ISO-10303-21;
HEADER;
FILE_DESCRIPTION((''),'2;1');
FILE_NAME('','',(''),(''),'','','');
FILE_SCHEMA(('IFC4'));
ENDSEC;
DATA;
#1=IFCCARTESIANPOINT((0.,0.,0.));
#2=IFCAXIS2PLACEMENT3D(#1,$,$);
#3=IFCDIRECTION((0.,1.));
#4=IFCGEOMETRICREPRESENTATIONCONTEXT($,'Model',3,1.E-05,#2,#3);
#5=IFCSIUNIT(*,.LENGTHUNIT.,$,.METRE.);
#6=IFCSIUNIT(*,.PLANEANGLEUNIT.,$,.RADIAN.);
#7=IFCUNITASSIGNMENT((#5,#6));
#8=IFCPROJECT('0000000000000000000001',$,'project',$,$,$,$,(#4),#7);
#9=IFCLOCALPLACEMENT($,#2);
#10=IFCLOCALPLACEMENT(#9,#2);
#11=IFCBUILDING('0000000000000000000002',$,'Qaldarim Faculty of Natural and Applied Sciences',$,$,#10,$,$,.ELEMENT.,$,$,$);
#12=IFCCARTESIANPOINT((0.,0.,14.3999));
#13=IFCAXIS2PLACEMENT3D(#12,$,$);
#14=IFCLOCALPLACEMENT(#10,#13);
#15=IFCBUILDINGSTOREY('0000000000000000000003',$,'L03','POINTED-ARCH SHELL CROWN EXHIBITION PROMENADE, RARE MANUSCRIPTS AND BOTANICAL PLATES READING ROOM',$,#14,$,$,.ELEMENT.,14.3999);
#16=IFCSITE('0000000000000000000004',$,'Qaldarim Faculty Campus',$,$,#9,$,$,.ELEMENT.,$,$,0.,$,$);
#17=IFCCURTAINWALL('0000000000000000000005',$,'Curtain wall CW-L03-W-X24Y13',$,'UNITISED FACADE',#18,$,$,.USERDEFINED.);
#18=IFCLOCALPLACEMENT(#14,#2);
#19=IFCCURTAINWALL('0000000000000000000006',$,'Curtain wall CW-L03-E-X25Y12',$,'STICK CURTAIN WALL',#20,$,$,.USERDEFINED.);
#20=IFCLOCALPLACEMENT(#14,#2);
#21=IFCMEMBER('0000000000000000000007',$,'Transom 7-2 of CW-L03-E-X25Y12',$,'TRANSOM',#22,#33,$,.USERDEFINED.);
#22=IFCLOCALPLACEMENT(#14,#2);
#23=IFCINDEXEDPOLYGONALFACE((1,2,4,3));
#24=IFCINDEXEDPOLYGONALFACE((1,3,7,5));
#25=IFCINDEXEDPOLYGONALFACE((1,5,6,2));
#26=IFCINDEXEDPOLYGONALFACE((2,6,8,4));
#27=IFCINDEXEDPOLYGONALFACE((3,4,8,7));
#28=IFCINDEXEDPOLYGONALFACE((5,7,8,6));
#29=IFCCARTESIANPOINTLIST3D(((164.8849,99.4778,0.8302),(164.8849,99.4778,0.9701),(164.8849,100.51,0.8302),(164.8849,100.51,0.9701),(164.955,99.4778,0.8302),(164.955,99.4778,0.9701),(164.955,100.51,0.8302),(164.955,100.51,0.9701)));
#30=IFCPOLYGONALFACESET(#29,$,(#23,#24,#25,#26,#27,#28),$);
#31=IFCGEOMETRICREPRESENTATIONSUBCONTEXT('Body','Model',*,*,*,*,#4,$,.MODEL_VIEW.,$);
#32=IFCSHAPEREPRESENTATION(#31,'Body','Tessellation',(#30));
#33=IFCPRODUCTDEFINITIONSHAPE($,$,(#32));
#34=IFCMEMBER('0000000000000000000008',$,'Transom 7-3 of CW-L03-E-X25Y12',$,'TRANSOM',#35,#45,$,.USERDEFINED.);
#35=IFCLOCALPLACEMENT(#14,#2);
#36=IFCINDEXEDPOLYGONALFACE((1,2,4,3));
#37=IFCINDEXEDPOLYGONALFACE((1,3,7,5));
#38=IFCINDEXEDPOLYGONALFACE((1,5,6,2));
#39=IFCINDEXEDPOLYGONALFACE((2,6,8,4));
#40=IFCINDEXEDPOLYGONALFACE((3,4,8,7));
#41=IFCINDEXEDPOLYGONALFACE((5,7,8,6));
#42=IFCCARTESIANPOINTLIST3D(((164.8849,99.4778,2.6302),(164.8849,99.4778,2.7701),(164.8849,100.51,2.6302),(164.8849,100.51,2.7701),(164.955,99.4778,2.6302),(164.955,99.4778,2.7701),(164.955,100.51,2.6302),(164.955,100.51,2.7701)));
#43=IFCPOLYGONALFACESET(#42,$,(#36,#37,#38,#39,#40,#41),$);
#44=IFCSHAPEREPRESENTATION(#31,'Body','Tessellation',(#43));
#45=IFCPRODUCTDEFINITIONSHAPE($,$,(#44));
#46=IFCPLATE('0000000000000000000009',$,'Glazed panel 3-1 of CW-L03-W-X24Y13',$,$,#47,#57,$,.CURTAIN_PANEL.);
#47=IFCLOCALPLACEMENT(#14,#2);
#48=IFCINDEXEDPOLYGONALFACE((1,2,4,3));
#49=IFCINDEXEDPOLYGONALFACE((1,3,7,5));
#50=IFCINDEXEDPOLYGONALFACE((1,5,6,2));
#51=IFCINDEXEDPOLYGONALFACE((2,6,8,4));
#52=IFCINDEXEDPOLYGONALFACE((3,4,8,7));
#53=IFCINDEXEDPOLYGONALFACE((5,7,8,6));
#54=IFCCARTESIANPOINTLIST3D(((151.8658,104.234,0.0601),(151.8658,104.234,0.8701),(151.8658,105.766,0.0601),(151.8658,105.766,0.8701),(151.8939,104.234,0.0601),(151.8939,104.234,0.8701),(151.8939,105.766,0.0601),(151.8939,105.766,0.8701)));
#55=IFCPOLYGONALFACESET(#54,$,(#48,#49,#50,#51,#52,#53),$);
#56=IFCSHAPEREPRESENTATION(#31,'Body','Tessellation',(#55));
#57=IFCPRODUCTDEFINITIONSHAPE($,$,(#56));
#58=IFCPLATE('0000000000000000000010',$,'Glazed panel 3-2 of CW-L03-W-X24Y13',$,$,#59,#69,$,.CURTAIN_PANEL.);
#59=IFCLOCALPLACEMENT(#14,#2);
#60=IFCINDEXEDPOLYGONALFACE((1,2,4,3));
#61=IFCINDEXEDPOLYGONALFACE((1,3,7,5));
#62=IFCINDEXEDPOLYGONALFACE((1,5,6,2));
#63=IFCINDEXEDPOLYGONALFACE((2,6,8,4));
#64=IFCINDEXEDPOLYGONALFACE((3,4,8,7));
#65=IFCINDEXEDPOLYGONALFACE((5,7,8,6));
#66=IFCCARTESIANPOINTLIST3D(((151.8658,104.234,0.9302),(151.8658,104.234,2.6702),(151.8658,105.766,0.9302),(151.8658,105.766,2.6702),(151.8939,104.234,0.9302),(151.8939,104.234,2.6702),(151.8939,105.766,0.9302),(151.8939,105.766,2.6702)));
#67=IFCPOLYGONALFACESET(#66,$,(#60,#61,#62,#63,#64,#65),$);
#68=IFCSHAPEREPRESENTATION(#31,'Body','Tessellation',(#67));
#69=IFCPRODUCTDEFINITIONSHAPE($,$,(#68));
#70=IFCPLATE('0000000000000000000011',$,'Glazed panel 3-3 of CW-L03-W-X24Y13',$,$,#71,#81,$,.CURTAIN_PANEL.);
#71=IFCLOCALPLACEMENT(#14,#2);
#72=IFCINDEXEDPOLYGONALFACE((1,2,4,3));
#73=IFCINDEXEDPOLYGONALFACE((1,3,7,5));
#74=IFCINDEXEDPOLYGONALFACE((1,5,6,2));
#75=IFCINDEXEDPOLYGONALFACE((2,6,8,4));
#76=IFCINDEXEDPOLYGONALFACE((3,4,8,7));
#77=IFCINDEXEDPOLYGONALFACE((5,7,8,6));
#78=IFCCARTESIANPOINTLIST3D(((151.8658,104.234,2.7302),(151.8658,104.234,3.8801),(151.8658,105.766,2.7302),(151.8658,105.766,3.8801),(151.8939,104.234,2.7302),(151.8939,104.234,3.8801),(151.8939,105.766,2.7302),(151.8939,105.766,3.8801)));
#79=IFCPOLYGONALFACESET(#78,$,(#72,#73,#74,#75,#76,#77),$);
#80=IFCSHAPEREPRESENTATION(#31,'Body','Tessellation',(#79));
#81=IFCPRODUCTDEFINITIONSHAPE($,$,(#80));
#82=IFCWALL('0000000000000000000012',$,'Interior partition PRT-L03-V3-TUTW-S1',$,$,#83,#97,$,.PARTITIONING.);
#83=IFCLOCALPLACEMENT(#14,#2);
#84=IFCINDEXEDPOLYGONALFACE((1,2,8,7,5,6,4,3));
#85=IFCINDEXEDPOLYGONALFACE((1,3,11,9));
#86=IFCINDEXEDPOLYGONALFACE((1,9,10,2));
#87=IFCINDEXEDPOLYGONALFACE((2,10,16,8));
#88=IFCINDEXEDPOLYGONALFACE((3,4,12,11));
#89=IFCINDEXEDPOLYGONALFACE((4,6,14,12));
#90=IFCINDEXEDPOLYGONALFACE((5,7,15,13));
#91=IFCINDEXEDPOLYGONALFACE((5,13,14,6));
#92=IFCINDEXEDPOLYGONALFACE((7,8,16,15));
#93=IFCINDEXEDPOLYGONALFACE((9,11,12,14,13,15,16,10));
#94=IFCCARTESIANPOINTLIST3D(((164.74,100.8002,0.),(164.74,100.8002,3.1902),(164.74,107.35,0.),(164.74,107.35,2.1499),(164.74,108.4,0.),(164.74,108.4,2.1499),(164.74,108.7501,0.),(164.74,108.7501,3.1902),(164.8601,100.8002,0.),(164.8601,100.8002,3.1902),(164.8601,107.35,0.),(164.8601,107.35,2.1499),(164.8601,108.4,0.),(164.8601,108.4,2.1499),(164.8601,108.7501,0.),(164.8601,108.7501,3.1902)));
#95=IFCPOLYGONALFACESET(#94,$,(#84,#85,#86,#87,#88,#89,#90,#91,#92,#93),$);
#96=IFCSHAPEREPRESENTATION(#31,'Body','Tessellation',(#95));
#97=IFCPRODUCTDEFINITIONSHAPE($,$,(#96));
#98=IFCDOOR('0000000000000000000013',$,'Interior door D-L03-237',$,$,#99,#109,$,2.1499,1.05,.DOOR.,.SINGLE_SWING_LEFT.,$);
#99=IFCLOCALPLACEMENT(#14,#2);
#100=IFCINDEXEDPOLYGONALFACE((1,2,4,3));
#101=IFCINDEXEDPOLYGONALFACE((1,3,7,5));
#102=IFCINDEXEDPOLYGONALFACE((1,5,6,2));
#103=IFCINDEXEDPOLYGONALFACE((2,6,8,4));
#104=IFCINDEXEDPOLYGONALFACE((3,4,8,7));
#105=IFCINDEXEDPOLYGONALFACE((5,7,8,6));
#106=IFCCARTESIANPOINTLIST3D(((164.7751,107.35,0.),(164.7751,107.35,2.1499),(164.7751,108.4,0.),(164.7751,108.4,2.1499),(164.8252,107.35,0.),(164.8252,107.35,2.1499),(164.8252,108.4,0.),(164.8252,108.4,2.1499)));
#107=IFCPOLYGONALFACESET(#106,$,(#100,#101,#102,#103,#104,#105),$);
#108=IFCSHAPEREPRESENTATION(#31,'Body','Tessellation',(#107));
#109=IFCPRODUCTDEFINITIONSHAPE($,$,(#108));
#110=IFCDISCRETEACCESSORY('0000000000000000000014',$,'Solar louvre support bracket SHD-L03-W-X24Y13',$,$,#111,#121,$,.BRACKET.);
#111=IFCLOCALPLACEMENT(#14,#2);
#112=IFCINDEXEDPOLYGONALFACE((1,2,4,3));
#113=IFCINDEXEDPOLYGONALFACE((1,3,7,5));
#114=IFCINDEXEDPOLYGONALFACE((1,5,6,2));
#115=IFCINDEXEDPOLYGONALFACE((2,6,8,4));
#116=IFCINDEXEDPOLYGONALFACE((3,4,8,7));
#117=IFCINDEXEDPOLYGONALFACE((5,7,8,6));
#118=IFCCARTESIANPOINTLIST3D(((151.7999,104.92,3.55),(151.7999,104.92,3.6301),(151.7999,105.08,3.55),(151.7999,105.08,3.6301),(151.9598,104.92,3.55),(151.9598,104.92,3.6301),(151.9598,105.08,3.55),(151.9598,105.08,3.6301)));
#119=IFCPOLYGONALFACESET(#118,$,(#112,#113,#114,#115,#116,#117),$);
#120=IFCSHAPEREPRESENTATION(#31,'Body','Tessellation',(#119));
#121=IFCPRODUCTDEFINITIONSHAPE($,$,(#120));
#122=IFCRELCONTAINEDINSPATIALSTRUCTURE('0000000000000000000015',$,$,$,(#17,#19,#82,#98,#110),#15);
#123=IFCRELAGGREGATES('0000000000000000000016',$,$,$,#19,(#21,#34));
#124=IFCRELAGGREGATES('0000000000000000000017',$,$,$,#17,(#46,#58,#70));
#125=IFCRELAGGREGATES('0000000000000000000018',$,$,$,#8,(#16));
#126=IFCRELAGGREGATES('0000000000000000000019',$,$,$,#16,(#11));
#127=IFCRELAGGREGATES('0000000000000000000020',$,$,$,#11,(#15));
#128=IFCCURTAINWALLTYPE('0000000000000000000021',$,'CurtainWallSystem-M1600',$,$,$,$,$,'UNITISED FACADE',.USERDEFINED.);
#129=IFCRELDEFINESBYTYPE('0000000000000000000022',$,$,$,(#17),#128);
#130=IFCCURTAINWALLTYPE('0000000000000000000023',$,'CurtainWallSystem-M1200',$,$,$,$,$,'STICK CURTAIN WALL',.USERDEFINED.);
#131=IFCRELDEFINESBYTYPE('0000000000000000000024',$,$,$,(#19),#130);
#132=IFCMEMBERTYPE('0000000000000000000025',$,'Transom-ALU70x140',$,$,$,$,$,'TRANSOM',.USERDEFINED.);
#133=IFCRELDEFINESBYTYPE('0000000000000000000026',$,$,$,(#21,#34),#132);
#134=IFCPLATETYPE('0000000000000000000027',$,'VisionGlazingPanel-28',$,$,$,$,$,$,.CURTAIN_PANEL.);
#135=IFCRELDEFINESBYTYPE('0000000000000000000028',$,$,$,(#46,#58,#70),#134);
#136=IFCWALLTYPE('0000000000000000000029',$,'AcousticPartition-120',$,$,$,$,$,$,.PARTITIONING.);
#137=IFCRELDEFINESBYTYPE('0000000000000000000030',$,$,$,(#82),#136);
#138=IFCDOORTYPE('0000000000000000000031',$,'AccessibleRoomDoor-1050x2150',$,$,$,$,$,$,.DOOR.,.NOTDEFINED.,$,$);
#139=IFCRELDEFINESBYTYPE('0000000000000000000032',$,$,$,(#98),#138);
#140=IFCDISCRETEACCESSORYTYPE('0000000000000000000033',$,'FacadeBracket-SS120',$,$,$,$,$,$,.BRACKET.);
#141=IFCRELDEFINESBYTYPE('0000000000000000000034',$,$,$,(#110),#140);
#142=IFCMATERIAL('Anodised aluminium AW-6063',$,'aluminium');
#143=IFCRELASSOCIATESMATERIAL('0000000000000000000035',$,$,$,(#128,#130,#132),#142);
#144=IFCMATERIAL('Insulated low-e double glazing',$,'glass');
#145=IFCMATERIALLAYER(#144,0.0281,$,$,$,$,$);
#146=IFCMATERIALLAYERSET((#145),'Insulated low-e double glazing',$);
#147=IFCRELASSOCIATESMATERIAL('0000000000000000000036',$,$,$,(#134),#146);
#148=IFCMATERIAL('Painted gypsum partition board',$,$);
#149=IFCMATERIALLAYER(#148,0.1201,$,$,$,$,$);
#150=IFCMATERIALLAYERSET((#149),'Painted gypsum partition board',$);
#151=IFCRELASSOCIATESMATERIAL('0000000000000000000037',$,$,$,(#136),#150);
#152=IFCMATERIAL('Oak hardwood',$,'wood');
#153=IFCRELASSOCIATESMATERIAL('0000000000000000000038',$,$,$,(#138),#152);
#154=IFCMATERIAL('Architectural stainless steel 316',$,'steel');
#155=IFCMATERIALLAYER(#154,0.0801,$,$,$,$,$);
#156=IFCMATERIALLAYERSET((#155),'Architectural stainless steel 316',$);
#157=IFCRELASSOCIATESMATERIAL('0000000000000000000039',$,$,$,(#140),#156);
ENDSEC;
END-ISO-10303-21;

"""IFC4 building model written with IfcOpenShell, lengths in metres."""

from ifc_helpers import new_model, si_unit, direction, frame, frame_2d, origin, origin_2d, place, context, subcontext, project, spatial, rectangle, extrude, material, layer, layer_set, material_profile, profile_set, type_object, element, fill, aggregate, save


model = new_model("IFC4")

# Units and contexts
model_context = context("Model", 3, precision=1e-05, world=origin(), true_north=direction((0.0, 1.0)))
body_context = subcontext(model_context, "Body", "Model", "MODEL_VIEW")
ifc_project = project(units=[si_unit("LENGTHUNIT", "METRE"), si_unit("PLANEANGLEUNIT", "RADIAN")], contexts=[model_context])

# Site, building, storey
site_placement = place(None, origin())
site = spatial("IfcSite", under=ifc_project, at=site_placement, Name="Qaldarim Faculty Campus", CompositionType="ELEMENT", RefElevation=0.0)
building_placement = place(site_placement, origin())
building = spatial("IfcBuilding", under=site, at=building_placement, Name="Qaldarim Faculty of Natural and Applied Sciences", CompositionType="ELEMENT")
storey_placement = place(building_placement, frame((0.0, 0.0, 14.3999)))
storey = spatial("IfcBuildingStorey", under=building, at=storey_placement, Name="L03", Description="POINTED-ARCH SHELL CROWN EXHIBITION PROMENADE, RARE MANUSCRIPTS AND BOTANICAL PLATES READING ROOM", CompositionType="ELEMENT", Elevation=14.3999)

# Curtain wall
ifc_material_1 = material(Name="Anodised aluminium AW-6063", Category="aluminium")
curtain_wall_type_1 = type_object("IfcCurtainWallType", Name="CurtainWallSystem-M1600", ElementType="UNITISED FACADE", PredefinedType="USERDEFINED", material=ifc_material_1)
curtain_wall_1_placement = place(storey_placement, origin())
curtain_wall_1 = element("IfcCurtainWall", 1, at=curtain_wall_1_placement, inside=storey, type_object=curtain_wall_type_1, Name="Curtain wall CW-L03-W-X24Y13", ObjectType="UNITISED FACADE", PredefinedType="USERDEFINED")

# Curtain wall, members
curtain_wall_type_2 = type_object("IfcCurtainWallType", Name="CurtainWallSystem-M1200", ElementType="STICK CURTAIN WALL", PredefinedType="USERDEFINED", material=ifc_material_1)
curtain_wall_2_placement = place(storey_placement, origin())
curtain_wall_2 = element("IfcCurtainWall", 2, at=curtain_wall_2_placement, inside=storey, type_object=curtain_wall_type_2, Name="Curtain wall CW-L03-E-X25Y12", ObjectType="STICK CURTAIN WALL", PredefinedType="USERDEFINED")
ifc_material_profile_1 = material_profile(ifc_material_1, rectangle(XDim=0.0701, YDim=0.1399, at=origin_2d()), Name="ALU-T70x140")
ifc_profile_set_1 = profile_set([ifc_material_profile_1], Name="Anodised aluminium AW-6063")
member_type_1 = type_object("IfcMemberType", Name="Transom-ALU70x140", ElementType="TRANSOM", PredefinedType="USERDEFINED", material=ifc_profile_set_1)
member_1_placement = place(storey_placement, frame((164.9199, 99.4778, 0.9001), z_axis=(0.0, 1.0, 0.0), x_axis=(-1.0, 0.0, 0.0)))
member_1 = element("IfcMember", 3, at=member_1_placement, type_object=member_type_1, Name="Transom 7-2 of CW-L03-E-X25Y12", ObjectType="TRANSOM", PredefinedType="USERDEFINED", context=body_context, shape_type="SweptSolid", body=[
    extrude(rectangle(XDim=0.0701, YDim=0.1399, at=origin_2d()), origin(), (0.0, 0.0, 1.0), 1.0322),
])
member_2_placement = place(storey_placement, frame((164.9199, 99.4778, 2.7002), z_axis=(0.0, 1.0, 0.0), x_axis=(-1.0, 0.0, 0.0)))
member_2 = element("IfcMember", 4, at=member_2_placement, type_object=member_type_1, Name="Transom 7-3 of CW-L03-E-X25Y12", ObjectType="TRANSOM", PredefinedType="USERDEFINED", context=body_context, shape_type="SweptSolid", body=[
    extrude(rectangle(XDim=0.0701, YDim=0.1399, at=origin_2d()), origin(), (0.0, 0.0, 1.0), 1.0322),
])
aggregate(curtain_wall_2, [member_1, member_2])

# Plates
ifc_material_2 = material(Name="Insulated low-e double glazing", Category="glass")
ifc_layer_1 = layer(ifc_material_2, 0.0281)
ifc_layer_set_1 = layer_set([ifc_layer_1], Name="Insulated low-e double glazing")
plate_type = type_object("IfcPlateType", Name="VisionGlazingPanel-28", PredefinedType="CURTAIN_PANEL", material=ifc_layer_set_1)
plate_1_placement = place(storey_placement, frame((151.8799, 105.0, 0.0601), z_axis=(0.0, 0.0, 1.0), x_axis=(0.0, -1.0, 0.0)))
plate_1 = element("IfcPlate", 5, at=plate_1_placement, type_object=plate_type, Name="Glazed panel 3-1 of CW-L03-W-X24Y13", PredefinedType="CURTAIN_PANEL", context=body_context, shape_type="SweptSolid", body=[
    extrude(rectangle(XDim=1.532, YDim=0.0281, at=origin_2d()), origin(), (0.0, 0.0, 1.0), 0.8101),
])
plate_2_placement = place(storey_placement, frame((151.8799, 105.0, 0.9302), z_axis=(0.0, 0.0, 1.0), x_axis=(0.0, -1.0, 0.0)))
plate_2 = element("IfcPlate", 6, at=plate_2_placement, type_object=plate_type, Name="Glazed panel 3-2 of CW-L03-W-X24Y13", PredefinedType="CURTAIN_PANEL", context=body_context, shape_type="SweptSolid", body=[
    extrude(rectangle(XDim=1.532, YDim=0.0281, at=origin_2d()), origin(), (0.0, 0.0, 1.0), 1.74),
])
plate_3_placement = place(storey_placement, frame((151.8799, 105.0, 2.7302), z_axis=(0.0, 0.0, 1.0), x_axis=(0.0, -1.0, 0.0)))
plate_3 = element("IfcPlate", 7, at=plate_3_placement, type_object=plate_type, Name="Glazed panel 3-3 of CW-L03-W-X24Y13", PredefinedType="CURTAIN_PANEL", context=body_context, shape_type="SweptSolid", body=[
    extrude(rectangle(XDim=1.532, YDim=0.0281, at=origin_2d()), origin(), (0.0, 0.0, 1.0), 1.1499),
])
aggregate(curtain_wall_1, [plate_1, plate_2, plate_3])

# Wall, opening, door
ifc_material_3 = material(Name="Painted gypsum partition board")
ifc_layer_2 = layer(ifc_material_3, 0.1201)
ifc_layer_set_2 = layer_set([ifc_layer_2], Name="Painted gypsum partition board")
wall_type = type_object("IfcWallType", Name="AcousticPartition-120", PredefinedType="PARTITIONING", material=ifc_layer_set_2)
wall_placement = place(storey_placement, frame((164.8, 100.8, 0.0), z_axis=(0.0, 0.0, 1.0), x_axis=(0.0, 1.0, 0.0)))
wall = element("IfcWall", 8, at=wall_placement, inside=storey, type_object=wall_type, Name="Interior partition PRT-L03-V3-TUTW-S1", PredefinedType="PARTITIONING", context=body_context, shape_type="SweptSolid", body=[
    extrude(rectangle(XDim=7.95, YDim=0.1201, at=frame_2d((3.9751, 0.0))), origin(), (0.0, 0.0, 1.0), 3.1902),
])
opening_placement = place(wall_placement, frame((6.55, 0.0, 0.0)))
opening = element("IfcOpeningElement", 9, at=opening_placement, cuts=wall, PredefinedType="OPENING", context=body_context, shape_type="SweptSolid", body=[
    extrude(rectangle(XDim=1.05, YDim=2.1499, at=frame_2d((0.5249, 1.075))), frame((0.0, 0.0701, 0.0), z_axis=(0.0, -1.0, 0.0), x_axis=(1.0, 0.0, 0.0)), (0.0, 0.0, 1.0), 0.1401),
])
ifc_material_4 = material(Name="Oak hardwood", Category="wood")
door_type = type_object("IfcDoorType", Name="AccessibleRoomDoor-1050x2150", OperationType="NOTDEFINED", PredefinedType="DOOR", material=ifc_material_4)
door_placement = place(opening_placement, origin())
door = element("IfcDoor", 10, at=door_placement, inside=storey, type_object=door_type, Name="Interior door D-L03-237", OperationType="SINGLE_SWING_LEFT", OverallHeight=2.1499, OverallWidth=1.05, PredefinedType="DOOR", context=body_context, shape_type="SweptSolid", body=[
    extrude(rectangle(XDim=1.05, YDim=2.1499, at=frame_2d((0.5249, 1.075))), frame((0.0, 0.0249, 0.0), z_axis=(0.0, -1.0, 0.0), x_axis=(1.0, 0.0, 0.0)), (0.0, 0.0, 1.0), 0.05),
])
fill(opening, door)

# Discrete accessory
ifc_material_5 = material(Name="Architectural stainless steel 316", Category="steel")
ifc_layer_3 = layer(ifc_material_5, 0.0801)
ifc_layer_set_3 = layer_set([ifc_layer_3], Name="Architectural stainless steel 316")
discrete_accessory_type = type_object("IfcDiscreteAccessoryType", Name="FacadeBracket-SS120", PredefinedType="BRACKET", material=ifc_layer_set_3)
discrete_accessory_placement = place(storey_placement, frame((151.8799, 105.0, 3.55), z_axis=(0.0, 0.0, 1.0), x_axis=(0.0, 1.0, 0.0)))
element("IfcDiscreteAccessory", 11, at=discrete_accessory_placement, inside=storey, type_object=discrete_accessory_type, Name="Solar louvre support bracket SHD-L03-W-X24Y13", PredefinedType="BRACKET", context=body_context, shape_type="SweptSolid", body=[
    extrude(rectangle(XDim=0.1599, YDim=0.1599, at=origin_2d()), origin(), (0.0, 0.0, 1.0), 0.0801),
])

save(model, "model.ifc")
